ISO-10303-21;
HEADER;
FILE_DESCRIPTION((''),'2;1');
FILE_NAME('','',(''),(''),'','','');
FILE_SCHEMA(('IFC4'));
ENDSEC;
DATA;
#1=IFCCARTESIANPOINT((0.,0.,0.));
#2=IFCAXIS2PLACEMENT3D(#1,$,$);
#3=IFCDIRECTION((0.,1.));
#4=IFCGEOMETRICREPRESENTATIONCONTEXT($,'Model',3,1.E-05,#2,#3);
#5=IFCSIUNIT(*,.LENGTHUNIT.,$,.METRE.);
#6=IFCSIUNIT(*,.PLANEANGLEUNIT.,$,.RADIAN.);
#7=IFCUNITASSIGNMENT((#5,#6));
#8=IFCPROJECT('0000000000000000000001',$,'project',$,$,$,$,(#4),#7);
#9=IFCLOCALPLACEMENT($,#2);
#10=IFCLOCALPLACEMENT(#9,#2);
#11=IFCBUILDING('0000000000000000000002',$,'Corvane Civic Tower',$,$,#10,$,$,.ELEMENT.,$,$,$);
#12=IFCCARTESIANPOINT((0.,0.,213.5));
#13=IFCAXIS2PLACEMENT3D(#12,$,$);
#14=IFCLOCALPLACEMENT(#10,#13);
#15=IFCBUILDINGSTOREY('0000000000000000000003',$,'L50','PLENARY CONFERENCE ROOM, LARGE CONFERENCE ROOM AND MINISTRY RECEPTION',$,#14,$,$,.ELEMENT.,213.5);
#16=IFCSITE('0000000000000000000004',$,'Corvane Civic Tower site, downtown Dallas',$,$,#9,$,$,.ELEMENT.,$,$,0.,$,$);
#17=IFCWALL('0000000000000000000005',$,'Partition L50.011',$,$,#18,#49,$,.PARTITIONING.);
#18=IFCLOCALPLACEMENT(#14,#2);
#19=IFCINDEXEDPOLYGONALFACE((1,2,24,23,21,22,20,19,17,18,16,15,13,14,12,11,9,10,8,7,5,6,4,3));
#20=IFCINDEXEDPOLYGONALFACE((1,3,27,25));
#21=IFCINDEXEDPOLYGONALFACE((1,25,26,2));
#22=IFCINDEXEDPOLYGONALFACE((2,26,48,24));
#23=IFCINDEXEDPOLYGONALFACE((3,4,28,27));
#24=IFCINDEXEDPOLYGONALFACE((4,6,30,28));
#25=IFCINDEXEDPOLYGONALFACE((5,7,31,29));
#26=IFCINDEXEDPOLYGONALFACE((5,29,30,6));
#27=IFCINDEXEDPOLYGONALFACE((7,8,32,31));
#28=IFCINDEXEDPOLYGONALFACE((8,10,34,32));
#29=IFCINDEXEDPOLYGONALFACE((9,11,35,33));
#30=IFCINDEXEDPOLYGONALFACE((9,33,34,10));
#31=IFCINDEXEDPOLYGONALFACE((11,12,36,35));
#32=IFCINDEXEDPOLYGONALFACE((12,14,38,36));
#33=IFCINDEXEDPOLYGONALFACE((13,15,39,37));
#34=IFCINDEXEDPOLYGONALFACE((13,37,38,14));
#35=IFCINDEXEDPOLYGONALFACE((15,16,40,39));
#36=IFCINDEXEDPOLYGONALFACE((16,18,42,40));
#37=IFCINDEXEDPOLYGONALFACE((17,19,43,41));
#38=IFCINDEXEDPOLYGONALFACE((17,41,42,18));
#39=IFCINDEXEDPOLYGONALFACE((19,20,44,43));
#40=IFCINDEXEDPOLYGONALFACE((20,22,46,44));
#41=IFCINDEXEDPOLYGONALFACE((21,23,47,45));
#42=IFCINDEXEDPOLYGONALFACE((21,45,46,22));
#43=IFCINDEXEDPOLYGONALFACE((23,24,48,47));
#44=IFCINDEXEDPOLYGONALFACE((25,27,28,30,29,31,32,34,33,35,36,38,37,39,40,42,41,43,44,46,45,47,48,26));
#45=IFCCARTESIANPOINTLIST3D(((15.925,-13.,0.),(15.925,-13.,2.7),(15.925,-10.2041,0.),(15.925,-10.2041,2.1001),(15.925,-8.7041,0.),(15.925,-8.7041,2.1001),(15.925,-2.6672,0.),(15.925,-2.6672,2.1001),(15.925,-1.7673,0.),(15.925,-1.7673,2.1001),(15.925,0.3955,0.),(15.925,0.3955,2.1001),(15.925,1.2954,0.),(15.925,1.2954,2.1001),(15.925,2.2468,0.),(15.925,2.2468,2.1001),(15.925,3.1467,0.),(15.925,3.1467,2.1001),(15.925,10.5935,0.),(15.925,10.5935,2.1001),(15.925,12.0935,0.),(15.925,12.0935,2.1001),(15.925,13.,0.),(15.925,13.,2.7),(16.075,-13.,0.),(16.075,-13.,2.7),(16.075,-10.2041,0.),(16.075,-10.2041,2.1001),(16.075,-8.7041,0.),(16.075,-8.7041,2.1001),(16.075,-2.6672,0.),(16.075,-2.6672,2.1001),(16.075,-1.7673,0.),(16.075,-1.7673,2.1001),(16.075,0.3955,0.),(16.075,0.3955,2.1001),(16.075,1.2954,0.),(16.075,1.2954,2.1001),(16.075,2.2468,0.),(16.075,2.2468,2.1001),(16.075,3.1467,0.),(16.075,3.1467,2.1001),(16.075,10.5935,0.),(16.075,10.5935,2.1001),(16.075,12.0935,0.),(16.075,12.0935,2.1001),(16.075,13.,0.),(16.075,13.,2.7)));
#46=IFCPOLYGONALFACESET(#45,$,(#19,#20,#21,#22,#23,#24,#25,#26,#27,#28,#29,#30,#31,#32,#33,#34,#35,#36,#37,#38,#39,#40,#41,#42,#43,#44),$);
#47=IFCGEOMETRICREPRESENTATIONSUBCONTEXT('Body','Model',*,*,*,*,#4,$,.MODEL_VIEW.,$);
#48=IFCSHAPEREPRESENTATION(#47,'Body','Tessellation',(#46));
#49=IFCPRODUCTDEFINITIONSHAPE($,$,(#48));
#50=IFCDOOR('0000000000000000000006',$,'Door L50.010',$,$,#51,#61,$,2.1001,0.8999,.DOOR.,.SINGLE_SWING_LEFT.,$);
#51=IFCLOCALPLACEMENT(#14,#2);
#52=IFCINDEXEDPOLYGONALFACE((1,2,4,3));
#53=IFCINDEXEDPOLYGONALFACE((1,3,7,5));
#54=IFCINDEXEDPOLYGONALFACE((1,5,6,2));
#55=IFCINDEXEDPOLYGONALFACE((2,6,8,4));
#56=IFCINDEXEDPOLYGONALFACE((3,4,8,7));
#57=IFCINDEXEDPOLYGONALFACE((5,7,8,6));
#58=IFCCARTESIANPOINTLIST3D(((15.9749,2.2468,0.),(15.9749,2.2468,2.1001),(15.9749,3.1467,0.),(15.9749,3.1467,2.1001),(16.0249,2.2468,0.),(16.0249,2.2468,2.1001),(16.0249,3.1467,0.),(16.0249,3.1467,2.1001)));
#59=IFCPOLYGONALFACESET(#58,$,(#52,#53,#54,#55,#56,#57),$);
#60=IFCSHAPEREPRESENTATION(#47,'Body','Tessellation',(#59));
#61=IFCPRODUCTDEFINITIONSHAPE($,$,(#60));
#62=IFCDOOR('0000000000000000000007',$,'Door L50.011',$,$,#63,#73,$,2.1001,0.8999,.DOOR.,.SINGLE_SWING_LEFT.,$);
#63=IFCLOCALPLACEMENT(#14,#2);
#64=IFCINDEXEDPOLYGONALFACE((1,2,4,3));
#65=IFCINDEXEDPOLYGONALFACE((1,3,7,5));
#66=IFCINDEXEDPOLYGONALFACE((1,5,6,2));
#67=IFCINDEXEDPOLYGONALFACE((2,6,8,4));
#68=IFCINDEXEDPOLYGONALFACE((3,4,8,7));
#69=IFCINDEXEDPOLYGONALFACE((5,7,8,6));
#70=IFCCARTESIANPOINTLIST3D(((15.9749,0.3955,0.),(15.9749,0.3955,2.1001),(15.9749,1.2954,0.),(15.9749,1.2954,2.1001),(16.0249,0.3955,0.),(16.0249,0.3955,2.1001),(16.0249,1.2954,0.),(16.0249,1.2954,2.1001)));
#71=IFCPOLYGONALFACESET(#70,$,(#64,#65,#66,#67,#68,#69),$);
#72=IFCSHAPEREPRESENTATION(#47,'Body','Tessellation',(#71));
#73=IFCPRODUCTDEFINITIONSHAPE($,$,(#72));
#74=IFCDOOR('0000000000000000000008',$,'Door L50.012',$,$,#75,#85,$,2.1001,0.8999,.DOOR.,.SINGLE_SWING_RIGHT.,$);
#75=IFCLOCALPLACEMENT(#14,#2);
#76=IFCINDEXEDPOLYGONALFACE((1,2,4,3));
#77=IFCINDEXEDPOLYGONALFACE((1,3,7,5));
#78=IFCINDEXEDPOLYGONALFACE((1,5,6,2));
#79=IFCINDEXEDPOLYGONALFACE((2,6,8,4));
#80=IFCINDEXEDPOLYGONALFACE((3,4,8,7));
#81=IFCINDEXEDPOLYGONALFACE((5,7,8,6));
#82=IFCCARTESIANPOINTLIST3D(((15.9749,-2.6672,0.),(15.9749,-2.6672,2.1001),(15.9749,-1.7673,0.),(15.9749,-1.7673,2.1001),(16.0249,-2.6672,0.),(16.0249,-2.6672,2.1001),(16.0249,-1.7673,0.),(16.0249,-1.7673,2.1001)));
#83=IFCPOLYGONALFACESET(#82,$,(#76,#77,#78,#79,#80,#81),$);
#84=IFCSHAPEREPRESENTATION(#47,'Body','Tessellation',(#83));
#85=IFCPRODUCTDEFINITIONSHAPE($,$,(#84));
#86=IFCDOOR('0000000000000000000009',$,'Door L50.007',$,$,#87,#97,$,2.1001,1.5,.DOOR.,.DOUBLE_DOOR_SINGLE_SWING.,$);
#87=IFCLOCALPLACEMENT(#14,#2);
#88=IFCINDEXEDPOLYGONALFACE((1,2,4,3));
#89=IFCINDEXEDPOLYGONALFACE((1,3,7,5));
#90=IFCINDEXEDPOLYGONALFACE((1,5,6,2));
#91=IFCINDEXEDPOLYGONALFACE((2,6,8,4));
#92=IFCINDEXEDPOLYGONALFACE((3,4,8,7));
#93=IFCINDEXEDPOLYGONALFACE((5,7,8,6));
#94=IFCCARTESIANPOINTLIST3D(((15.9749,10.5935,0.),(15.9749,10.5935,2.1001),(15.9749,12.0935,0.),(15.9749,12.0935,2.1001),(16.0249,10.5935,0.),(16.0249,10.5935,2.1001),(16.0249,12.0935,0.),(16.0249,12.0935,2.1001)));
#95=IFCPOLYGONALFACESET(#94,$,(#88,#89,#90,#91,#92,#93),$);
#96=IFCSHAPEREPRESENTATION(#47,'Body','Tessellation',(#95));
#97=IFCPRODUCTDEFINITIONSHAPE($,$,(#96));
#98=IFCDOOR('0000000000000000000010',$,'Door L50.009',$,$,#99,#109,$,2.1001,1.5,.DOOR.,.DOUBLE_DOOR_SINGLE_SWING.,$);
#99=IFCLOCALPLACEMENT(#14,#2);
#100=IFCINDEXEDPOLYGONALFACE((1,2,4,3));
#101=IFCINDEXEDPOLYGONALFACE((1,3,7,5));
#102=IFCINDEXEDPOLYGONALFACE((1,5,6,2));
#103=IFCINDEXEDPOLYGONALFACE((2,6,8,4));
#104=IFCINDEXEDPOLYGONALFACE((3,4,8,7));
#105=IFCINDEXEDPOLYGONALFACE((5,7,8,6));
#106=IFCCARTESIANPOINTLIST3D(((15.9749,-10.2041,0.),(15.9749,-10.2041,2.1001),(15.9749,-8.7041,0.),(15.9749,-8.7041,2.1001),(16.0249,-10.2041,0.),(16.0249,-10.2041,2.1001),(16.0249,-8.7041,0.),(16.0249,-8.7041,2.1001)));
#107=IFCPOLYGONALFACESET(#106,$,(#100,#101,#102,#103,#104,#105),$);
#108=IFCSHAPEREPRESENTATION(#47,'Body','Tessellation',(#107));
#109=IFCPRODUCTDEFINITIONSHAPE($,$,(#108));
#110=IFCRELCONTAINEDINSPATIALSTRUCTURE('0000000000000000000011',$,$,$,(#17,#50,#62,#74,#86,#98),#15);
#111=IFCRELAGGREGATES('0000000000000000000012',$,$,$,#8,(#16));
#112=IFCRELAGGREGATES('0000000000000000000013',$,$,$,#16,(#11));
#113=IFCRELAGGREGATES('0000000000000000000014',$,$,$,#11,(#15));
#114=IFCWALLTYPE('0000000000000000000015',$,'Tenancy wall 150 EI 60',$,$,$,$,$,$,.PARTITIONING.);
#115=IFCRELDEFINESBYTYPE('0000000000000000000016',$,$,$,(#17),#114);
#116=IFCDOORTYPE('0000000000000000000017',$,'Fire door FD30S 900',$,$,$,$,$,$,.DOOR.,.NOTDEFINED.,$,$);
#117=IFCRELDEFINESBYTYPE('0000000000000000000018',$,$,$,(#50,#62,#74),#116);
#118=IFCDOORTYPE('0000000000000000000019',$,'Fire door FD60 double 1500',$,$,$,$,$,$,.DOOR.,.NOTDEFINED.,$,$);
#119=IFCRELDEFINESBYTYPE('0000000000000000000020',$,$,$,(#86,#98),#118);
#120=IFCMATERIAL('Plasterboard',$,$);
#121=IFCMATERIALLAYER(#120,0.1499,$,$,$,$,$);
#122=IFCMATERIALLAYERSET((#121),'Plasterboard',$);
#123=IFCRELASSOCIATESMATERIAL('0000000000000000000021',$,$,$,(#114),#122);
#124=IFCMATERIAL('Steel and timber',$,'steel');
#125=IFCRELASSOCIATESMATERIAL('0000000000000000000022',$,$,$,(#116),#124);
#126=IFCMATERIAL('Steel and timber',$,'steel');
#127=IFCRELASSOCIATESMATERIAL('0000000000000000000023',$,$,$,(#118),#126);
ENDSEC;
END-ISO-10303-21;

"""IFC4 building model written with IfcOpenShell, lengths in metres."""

from ifc_helpers import new_model, si_unit, direction, frame, frame_2d, origin, place, context, subcontext, project, spatial, rectangle, extrude, material, layer, layer_set, type_object, element, fill, save


model = new_model("IFC4")

# Units and contexts
model_context = context("Model", 3, precision=1e-05, world=origin(), true_north=direction((0.0, 1.0)))
body_context = subcontext(model_context, "Body", "Model", "MODEL_VIEW")
ifc_project = project(units=[si_unit("LENGTHUNIT", "METRE"), si_unit("PLANEANGLEUNIT", "RADIAN")], contexts=[model_context])

# Site, building, storey
site_placement = place(None, origin())
site = spatial("IfcSite", under=ifc_project, at=site_placement, Name="Corvane Civic Tower site, downtown Dallas", CompositionType="ELEMENT", RefElevation=0.0)
building_placement = place(site_placement, origin())
building = spatial("IfcBuilding", under=site, at=building_placement, Name="Corvane Civic Tower", CompositionType="ELEMENT")
storey_placement = place(building_placement, frame((0.0, 0.0, 213.5)))
storey = spatial("IfcBuildingStorey", under=building, at=storey_placement, Name="L50", Description="PLENARY CONFERENCE ROOM, LARGE CONFERENCE ROOM AND MINISTRY RECEPTION", CompositionType="ELEMENT", Elevation=213.5)

# Shared definitions
ifc_material_1 = material(Name="Plasterboard")
ifc_layer_1 = layer(ifc_material_1, 0.1499)
ifc_layer_set_1 = layer_set([ifc_layer_1], Name="Plasterboard")
wall_type_1 = type_object("IfcWallType", Name="Tenancy wall 150 EI 60", PredefinedType="PARTITIONING", material=ifc_layer_set_1)

# Wall, openings, doors
wall_1_placement = place(storey_placement, frame((16.0, -13.0, 0.0), z_axis=(0.0, 0.0, 1.0), x_axis=(0.0, 1.0, 0.0)))
wall_1 = element("IfcWall", 1, at=wall_1_placement, inside=storey, type_object=wall_type_1, Name="Partition L50.011", PredefinedType="PARTITIONING", context=body_context, shape_type="SweptSolid", body=[
    extrude(rectangle(XDim=26.0, YDim=0.1499, at=frame_2d((13.0, 0.0))), origin(), (0.0, 0.0, 1.0), 2.7),
])
opening_1_placement = place(wall_1_placement, frame((23.5935, 0.0, 0.0)))
opening_1 = element("IfcOpeningElement", 2, at=opening_1_placement, cuts=wall_1, PredefinedType="OPENING", context=body_context, shape_type="SweptSolid", body=[
    extrude(rectangle(XDim=1.5, YDim=2.1001, at=frame_2d((0.75, 1.05))), frame((0.0, 0.085, 0.0), z_axis=(0.0, -1.0, 0.0), x_axis=(1.0, 0.0, 0.0)), (0.0, 0.0, 1.0), 0.1699),
])
opening_2_placement = place(wall_1_placement, frame((2.7959, 0.0, 0.0)))
opening_2 = element("IfcOpeningElement", 3, at=opening_2_placement, cuts=wall_1, PredefinedType="OPENING", context=body_context, shape_type="SweptSolid", body=[
    extrude(rectangle(XDim=1.5, YDim=2.1001, at=frame_2d((0.75, 1.05))), frame((0.0, 0.085, 0.0), z_axis=(0.0, -1.0, 0.0), x_axis=(1.0, 0.0, 0.0)), (0.0, 0.0, 1.0), 0.1699),
])
opening_3_placement = place(wall_1_placement, frame((15.2468, 0.0, 0.0)))
opening_3 = element("IfcOpeningElement", 4, at=opening_3_placement, cuts=wall_1, PredefinedType="OPENING", context=body_context, shape_type="SweptSolid", body=[
    extrude(rectangle(XDim=0.8999, YDim=2.1001, at=frame_2d((0.45, 1.05))), frame((0.0, 0.085, 0.0), z_axis=(0.0, -1.0, 0.0), x_axis=(1.0, 0.0, 0.0)), (0.0, 0.0, 1.0), 0.1699),
])
opening_4_placement = place(wall_1_placement, frame((13.3955, 0.0, 0.0)))
opening_4 = element("IfcOpeningElement", 5, at=opening_4_placement, cuts=wall_1, PredefinedType="OPENING", context=body_context, shape_type="SweptSolid", body=[
    extrude(rectangle(XDim=0.8999, YDim=2.1001, at=frame_2d((0.45, 1.05))), frame((0.0, 0.085, 0.0), z_axis=(0.0, -1.0, 0.0), x_axis=(1.0, 0.0, 0.0)), (0.0, 0.0, 1.0), 0.1699),
])
opening_5_placement = place(wall_1_placement, frame((10.3328, 0.0, 0.0)))
opening_5 = element("IfcOpeningElement", 6, at=opening_5_placement, cuts=wall_1, PredefinedType="OPENING", context=body_context, shape_type="SweptSolid", body=[
    extrude(rectangle(XDim=0.8999, YDim=2.1001, at=frame_2d((0.45, 1.05))), frame((0.0, 0.085, 0.0), z_axis=(0.0, -1.0, 0.0), x_axis=(1.0, 0.0, 0.0)), (0.0, 0.0, 1.0), 0.1699),
])
ifc_material_2 = material(Name="Steel and timber", Category="steel")
door_type_1 = type_object("IfcDoorType", Name="Fire door FD30S 900", OperationType="NOTDEFINED", PredefinedType="DOOR", material=ifc_material_2)
door_1_placement = place(opening_3_placement, frame((0.8999, 0.0, 0.0), z_axis=(0.0, 0.0, 1.0), x_axis=(-1.0, 0.0, 0.0)))
door_1 = element("IfcDoor", 7, at=door_1_placement, inside=storey, type_object=door_type_1, Name="Door L50.010", OperationType="SINGLE_SWING_LEFT", OverallHeight=2.1001, OverallWidth=0.8999, PredefinedType="DOOR", context=body_context, shape_type="SweptSolid", body=[
    extrude(rectangle(XDim=0.8999, YDim=2.1001, at=frame_2d((0.45, 1.05))), frame((0.0, 0.0249, 0.0), z_axis=(0.0, -1.0, 0.0), x_axis=(1.0, 0.0, 0.0)), (0.0, 0.0, 1.0), 0.05),
])
fill(opening_3, door_1)
door_2_placement = place(opening_4_placement, frame((0.8999, 0.0, 0.0), z_axis=(0.0, 0.0, 1.0), x_axis=(-1.0, 0.0, 0.0)))
door_2 = element("IfcDoor", 8, at=door_2_placement, inside=storey, type_object=door_type_1, Name="Door L50.011", OperationType="SINGLE_SWING_LEFT", OverallHeight=2.1001, OverallWidth=0.8999, PredefinedType="DOOR", context=body_context, shape_type="SweptSolid", body=[
    extrude(rectangle(XDim=0.8999, YDim=2.1001, at=frame_2d((0.45, 1.05))), frame((0.0, 0.0249, 0.0), z_axis=(0.0, -1.0, 0.0), x_axis=(1.0, 0.0, 0.0)), (0.0, 0.0, 1.0), 0.05),
])
fill(opening_4, door_2)
door_3_placement = place(opening_5_placement, frame((0.8999, 0.0, 0.0), z_axis=(0.0, 0.0, 1.0), x_axis=(-1.0, 0.0, 0.0)))
door_3 = element("IfcDoor", 9, at=door_3_placement, inside=storey, type_object=door_type_1, Name="Door L50.012", OperationType="SINGLE_SWING_RIGHT", OverallHeight=2.1001, OverallWidth=0.8999, PredefinedType="DOOR", context=body_context, shape_type="SweptSolid", body=[
    extrude(rectangle(XDim=0.8999, YDim=2.1001, at=frame_2d((0.45, 1.05))), frame((0.0, 0.0249, 0.0), z_axis=(0.0, -1.0, 0.0), x_axis=(1.0, 0.0, 0.0)), (0.0, 0.0, 1.0), 0.05),
])
fill(opening_5, door_3)
ifc_material_3 = material(Name="Steel and timber", Category="steel")
door_type_2 = type_object("IfcDoorType", Name="Fire door FD60 double 1500", OperationType="NOTDEFINED", PredefinedType="DOOR", material=ifc_material_3)
door_4_placement = place(opening_1_placement, frame((1.5, 0.0, 0.0), z_axis=(0.0, 0.0, 1.0), x_axis=(-1.0, 0.0, 0.0)))
door_4 = element("IfcDoor", 10, at=door_4_placement, inside=storey, type_object=door_type_2, Name="Door L50.007", OperationType="DOUBLE_DOOR_SINGLE_SWING", OverallHeight=2.1001, OverallWidth=1.5, PredefinedType="DOOR", context=body_context, shape_type="SweptSolid", body=[
    extrude(rectangle(XDim=1.5, YDim=2.1001, at=frame_2d((0.75, 1.05))), frame((0.0, 0.0249, 0.0), z_axis=(0.0, -1.0, 0.0), x_axis=(1.0, 0.0, 0.0)), (0.0, 0.0, 1.0), 0.05),
])
fill(opening_1, door_4)
door_5_placement = place(opening_2_placement, frame((1.5, 0.0, 0.0), z_axis=(0.0, 0.0, 1.0), x_axis=(-1.0, 0.0, 0.0)))
door_5 = element("IfcDoor", 11, at=door_5_placement, inside=storey, type_object=door_type_2, Name="Door L50.009", OperationType="DOUBLE_DOOR_SINGLE_SWING", OverallHeight=2.1001, OverallWidth=1.5, PredefinedType="DOOR", context=body_context, shape_type="SweptSolid", body=[
    extrude(rectangle(XDim=1.5, YDim=2.1001, at=frame_2d((0.75, 1.05))), frame((0.0, 0.0249, 0.0), z_axis=(0.0, -1.0, 0.0), x_axis=(1.0, 0.0, 0.0)), (0.0, 0.0, 1.0), 0.05),
])
fill(opening_2, door_5)

save(model, "model.ifc")
